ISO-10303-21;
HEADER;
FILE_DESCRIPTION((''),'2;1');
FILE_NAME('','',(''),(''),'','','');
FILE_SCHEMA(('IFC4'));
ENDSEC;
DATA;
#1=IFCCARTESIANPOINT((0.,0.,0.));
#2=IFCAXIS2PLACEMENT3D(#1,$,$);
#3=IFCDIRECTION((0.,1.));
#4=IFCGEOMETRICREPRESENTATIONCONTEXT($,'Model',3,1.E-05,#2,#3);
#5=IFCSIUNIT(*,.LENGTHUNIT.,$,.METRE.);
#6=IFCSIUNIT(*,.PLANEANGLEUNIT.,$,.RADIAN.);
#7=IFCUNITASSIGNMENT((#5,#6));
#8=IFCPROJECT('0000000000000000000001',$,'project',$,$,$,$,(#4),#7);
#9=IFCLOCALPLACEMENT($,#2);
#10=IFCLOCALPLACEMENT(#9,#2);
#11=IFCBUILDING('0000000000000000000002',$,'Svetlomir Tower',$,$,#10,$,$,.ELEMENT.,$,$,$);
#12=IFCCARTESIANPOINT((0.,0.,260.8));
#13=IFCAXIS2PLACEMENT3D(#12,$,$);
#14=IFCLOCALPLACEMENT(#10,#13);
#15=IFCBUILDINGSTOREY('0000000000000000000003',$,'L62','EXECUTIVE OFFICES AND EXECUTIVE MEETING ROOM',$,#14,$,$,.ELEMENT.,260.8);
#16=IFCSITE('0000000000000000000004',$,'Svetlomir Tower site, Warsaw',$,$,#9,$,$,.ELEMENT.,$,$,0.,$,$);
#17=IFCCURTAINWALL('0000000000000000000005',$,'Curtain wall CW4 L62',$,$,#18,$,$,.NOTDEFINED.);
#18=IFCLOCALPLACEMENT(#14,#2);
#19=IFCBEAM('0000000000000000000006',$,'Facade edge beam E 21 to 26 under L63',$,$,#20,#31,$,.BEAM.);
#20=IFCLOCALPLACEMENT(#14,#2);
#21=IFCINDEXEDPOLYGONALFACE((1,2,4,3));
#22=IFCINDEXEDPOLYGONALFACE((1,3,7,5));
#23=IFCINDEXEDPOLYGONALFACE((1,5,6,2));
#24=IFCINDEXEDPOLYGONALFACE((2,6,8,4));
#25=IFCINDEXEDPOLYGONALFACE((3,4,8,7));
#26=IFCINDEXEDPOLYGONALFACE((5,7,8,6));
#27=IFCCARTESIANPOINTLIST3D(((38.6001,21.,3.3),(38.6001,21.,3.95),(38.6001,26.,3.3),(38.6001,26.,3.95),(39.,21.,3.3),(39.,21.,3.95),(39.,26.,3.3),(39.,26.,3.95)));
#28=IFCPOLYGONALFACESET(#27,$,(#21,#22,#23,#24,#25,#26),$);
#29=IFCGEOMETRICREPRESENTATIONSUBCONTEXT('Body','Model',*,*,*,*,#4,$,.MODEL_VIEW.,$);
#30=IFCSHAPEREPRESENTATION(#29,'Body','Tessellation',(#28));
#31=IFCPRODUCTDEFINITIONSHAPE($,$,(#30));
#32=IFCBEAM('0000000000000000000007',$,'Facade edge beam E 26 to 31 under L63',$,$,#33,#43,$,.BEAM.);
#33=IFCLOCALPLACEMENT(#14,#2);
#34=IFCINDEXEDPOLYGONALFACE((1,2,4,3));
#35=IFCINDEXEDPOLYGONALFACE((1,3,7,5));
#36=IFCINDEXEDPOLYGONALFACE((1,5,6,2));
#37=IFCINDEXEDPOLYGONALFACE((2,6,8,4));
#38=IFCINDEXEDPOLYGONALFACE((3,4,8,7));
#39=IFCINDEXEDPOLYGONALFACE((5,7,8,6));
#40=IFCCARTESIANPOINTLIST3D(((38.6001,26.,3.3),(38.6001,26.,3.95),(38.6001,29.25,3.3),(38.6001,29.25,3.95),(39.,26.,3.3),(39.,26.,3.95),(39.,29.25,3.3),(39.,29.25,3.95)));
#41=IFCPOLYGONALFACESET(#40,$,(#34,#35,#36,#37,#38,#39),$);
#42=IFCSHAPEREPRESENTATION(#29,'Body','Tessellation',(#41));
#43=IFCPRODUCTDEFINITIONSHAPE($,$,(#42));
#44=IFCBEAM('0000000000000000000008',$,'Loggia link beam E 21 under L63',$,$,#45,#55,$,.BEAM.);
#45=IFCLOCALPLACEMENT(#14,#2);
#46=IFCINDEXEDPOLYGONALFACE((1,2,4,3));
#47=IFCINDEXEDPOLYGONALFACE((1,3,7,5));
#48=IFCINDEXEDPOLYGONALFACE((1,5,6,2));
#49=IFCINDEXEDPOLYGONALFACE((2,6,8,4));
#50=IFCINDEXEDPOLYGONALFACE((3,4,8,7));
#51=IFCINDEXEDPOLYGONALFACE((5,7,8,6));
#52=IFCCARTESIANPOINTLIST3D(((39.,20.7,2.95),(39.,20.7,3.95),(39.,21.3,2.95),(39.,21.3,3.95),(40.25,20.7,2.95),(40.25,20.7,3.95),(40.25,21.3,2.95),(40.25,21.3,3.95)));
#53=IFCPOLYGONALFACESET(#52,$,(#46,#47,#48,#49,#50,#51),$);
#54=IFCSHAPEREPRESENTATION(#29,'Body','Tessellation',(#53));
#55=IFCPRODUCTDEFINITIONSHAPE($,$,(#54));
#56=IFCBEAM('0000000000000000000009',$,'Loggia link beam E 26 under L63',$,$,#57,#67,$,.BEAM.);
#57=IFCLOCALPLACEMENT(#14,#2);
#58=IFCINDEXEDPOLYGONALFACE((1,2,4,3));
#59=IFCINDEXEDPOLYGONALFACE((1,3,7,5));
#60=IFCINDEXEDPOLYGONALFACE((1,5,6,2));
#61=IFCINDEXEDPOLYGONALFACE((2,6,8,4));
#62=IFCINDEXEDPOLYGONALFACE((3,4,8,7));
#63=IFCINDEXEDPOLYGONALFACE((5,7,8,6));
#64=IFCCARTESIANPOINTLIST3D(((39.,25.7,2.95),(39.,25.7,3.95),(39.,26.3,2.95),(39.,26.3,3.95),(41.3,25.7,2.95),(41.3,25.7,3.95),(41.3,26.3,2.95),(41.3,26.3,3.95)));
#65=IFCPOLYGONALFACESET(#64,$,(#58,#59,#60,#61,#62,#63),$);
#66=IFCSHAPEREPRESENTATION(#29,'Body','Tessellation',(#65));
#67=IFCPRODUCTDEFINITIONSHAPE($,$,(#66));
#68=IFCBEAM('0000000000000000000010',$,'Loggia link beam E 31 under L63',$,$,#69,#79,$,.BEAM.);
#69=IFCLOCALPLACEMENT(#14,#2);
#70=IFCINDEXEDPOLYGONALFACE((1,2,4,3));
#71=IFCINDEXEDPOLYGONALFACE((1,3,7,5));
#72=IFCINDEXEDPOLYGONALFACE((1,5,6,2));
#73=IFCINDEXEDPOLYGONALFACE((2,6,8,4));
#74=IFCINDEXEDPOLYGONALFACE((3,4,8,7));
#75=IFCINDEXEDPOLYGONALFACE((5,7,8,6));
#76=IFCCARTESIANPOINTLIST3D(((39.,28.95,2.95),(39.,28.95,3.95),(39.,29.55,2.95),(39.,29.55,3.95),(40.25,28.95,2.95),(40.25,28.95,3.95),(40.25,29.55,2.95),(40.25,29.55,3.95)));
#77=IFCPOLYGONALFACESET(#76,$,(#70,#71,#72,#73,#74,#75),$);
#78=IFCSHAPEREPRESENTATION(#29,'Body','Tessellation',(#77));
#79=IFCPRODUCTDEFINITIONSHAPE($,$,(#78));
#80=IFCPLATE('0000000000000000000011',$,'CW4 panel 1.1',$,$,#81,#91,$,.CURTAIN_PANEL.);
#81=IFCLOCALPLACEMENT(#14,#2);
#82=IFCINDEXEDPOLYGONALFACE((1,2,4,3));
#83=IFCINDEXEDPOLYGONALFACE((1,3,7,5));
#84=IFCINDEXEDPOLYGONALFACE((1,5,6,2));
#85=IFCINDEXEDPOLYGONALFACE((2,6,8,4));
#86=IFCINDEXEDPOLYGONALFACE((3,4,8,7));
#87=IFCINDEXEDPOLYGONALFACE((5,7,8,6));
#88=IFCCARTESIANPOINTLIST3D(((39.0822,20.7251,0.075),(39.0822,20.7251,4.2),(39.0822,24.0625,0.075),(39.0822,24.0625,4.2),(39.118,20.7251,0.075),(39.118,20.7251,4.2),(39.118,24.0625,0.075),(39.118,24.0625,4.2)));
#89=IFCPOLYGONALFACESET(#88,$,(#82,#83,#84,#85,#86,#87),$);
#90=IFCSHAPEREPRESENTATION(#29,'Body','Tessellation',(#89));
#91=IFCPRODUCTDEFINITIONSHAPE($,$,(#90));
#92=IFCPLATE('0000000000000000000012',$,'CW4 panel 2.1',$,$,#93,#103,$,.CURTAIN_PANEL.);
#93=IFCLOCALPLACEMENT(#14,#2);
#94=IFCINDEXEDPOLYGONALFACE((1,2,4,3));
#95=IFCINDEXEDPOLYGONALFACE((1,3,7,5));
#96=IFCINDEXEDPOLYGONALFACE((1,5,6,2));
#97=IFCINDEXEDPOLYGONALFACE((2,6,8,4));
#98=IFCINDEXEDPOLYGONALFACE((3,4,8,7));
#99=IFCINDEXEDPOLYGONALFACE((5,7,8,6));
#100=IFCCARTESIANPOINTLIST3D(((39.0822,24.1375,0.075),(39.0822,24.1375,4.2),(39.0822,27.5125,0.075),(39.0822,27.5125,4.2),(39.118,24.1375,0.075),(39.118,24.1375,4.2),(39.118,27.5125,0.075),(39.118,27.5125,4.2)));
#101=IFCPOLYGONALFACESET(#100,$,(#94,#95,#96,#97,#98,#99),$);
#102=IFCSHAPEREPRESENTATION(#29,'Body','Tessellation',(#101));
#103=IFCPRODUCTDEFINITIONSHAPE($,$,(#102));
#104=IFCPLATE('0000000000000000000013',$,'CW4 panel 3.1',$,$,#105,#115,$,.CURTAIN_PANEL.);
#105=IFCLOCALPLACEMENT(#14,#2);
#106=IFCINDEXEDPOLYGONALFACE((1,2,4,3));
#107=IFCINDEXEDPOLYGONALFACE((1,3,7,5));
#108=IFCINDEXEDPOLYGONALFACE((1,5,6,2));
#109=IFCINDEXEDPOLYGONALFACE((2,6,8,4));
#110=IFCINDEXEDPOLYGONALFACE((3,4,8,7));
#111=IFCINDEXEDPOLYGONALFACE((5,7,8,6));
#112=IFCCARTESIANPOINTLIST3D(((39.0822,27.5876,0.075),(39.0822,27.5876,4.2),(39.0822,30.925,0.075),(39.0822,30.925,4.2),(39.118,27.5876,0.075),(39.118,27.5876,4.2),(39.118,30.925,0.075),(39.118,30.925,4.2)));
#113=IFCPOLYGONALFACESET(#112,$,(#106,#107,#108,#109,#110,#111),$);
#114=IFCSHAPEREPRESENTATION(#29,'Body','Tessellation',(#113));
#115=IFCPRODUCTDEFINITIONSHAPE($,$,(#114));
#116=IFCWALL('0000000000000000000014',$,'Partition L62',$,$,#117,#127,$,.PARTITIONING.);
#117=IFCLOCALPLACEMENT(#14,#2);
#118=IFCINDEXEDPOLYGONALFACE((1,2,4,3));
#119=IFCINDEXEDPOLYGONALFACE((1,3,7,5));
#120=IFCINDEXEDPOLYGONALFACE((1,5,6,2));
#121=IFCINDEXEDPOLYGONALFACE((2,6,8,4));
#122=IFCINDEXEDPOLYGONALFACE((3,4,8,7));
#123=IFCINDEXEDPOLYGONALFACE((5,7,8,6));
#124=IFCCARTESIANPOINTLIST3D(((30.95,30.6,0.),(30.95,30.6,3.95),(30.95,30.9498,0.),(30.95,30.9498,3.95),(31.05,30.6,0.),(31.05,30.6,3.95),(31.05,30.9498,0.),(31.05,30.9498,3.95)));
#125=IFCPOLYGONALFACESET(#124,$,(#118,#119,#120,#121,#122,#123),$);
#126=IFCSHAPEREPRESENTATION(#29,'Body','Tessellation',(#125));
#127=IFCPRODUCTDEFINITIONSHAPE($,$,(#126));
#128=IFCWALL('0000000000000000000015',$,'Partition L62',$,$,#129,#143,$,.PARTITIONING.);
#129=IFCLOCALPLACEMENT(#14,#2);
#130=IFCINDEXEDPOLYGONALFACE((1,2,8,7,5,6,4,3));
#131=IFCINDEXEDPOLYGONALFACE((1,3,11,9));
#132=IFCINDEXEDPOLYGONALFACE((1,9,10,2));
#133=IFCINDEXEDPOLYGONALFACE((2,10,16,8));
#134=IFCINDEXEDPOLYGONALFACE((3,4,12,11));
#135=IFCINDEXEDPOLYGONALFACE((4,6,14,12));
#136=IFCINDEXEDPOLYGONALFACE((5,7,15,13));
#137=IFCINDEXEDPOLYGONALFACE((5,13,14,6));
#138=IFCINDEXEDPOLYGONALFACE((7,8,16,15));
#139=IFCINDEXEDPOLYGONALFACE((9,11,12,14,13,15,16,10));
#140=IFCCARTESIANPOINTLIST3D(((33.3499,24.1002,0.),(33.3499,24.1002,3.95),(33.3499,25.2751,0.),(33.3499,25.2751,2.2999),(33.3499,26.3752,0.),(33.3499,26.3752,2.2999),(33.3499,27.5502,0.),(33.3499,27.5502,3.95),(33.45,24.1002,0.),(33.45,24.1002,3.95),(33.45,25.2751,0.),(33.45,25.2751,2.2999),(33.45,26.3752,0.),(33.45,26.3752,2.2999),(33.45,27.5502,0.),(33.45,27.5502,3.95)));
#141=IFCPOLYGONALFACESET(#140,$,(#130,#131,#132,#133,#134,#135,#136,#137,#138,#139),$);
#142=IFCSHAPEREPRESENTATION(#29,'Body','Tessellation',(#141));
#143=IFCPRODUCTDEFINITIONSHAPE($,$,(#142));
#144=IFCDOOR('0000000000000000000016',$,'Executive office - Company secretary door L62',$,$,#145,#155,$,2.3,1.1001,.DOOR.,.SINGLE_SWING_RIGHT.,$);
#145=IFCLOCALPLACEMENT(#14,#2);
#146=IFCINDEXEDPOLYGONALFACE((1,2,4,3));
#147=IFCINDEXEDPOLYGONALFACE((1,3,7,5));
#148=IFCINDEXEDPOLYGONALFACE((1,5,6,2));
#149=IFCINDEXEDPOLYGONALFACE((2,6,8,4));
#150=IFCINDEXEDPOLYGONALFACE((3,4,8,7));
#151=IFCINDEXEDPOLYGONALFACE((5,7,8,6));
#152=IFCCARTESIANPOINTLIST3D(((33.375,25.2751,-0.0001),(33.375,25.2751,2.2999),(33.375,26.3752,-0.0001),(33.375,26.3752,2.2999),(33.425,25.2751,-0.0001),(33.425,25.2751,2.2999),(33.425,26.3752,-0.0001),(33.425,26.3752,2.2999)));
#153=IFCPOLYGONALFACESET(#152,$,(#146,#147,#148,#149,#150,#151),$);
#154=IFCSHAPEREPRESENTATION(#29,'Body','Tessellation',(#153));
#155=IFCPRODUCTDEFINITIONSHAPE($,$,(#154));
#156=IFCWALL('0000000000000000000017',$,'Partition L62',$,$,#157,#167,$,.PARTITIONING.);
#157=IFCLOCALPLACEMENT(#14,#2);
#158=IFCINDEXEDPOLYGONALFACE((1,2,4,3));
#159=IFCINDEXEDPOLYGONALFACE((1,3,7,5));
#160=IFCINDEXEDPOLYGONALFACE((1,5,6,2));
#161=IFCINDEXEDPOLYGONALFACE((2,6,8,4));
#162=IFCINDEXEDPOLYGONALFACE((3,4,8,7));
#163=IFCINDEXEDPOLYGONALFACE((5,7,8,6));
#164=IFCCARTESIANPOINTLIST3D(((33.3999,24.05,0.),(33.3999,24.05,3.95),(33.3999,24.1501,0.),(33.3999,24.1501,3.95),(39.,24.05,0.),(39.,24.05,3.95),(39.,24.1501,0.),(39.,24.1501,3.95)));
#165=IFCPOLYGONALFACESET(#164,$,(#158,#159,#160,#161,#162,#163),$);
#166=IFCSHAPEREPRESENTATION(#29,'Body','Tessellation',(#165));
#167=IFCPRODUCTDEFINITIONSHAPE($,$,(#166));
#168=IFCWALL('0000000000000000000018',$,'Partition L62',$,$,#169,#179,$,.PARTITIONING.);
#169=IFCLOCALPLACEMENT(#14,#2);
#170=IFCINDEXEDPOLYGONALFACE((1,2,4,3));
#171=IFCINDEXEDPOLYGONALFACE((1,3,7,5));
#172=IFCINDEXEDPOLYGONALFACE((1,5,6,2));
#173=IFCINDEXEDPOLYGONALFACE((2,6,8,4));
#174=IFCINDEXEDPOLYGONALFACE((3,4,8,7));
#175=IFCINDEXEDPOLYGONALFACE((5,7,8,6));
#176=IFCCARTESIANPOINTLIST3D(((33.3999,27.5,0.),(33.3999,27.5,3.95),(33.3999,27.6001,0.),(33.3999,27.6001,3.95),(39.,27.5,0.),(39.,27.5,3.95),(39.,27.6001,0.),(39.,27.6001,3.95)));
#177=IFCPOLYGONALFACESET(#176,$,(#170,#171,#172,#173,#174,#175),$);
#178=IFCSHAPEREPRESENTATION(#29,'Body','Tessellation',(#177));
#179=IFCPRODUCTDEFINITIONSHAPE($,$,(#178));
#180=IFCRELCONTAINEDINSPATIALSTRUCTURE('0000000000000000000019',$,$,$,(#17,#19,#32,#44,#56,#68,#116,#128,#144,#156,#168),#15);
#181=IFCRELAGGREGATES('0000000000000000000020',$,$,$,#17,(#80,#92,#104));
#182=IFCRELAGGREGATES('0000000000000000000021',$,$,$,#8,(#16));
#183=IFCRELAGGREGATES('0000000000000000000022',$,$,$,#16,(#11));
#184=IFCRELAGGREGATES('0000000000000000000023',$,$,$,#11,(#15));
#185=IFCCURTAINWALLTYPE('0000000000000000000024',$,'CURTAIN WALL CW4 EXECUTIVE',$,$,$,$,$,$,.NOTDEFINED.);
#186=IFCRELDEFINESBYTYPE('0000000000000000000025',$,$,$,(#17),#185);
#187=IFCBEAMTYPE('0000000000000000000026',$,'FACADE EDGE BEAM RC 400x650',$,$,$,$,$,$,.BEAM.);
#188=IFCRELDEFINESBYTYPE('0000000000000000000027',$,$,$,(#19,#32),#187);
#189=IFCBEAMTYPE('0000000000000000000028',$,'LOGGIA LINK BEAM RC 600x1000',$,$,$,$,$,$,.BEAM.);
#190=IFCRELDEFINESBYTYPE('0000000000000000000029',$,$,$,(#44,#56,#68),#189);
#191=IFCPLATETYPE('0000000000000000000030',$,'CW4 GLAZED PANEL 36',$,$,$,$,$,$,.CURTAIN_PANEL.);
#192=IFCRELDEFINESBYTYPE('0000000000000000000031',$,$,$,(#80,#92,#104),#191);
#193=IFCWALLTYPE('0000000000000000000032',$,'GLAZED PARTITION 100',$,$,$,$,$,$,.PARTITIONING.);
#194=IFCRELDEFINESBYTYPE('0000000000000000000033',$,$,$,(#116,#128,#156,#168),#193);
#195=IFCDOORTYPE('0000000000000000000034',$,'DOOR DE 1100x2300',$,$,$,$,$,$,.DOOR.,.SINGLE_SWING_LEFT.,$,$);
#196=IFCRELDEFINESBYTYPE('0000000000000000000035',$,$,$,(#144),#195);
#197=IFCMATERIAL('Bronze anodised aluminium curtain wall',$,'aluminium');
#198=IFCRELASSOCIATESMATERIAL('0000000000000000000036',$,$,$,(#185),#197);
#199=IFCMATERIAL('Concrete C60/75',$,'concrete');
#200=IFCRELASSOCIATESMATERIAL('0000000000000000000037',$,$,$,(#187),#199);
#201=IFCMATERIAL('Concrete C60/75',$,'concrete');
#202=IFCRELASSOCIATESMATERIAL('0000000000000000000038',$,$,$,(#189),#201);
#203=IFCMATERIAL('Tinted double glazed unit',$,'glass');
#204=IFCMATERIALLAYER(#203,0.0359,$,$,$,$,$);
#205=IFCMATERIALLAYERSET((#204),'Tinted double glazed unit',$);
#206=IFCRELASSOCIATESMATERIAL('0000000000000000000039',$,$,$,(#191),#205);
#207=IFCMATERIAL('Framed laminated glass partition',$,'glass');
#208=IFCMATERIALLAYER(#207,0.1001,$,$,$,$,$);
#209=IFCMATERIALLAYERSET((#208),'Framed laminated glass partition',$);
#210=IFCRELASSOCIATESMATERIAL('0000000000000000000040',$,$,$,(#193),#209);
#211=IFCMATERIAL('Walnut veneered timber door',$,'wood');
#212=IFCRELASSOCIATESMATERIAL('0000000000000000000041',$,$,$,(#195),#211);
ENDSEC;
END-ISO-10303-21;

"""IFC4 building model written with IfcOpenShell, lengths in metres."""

from ifc_helpers import new_model, si_unit, direction, frame, frame_2d, origin, origin_2d, place, context, subcontext, project, spatial, rectangle, extrude, material, layer, layer_set, material_profile, profile_set, type_object, element, fill, aggregate, save


model = new_model("IFC4")

# Units and contexts
model_context = context("Model", 3, precision=1e-05, world=origin(), true_north=direction((0.0, 1.0)))
body_context = subcontext(model_context, "Body", "Model", "MODEL_VIEW")
ifc_project = project(units=[si_unit("LENGTHUNIT", "METRE"), si_unit("PLANEANGLEUNIT", "RADIAN")], contexts=[model_context])

# Site, building, storey
site_placement = place(None, origin())
site = spatial("IfcSite", under=ifc_project, at=site_placement, Name="Svetlomir Tower site, Warsaw", CompositionType="ELEMENT", RefElevation=0.0)
building_placement = place(site_placement, origin())
building = spatial("IfcBuilding", under=site, at=building_placement, Name="Svetlomir Tower", CompositionType="ELEMENT")
storey_placement = place(building_placement, frame((0.0, 0.0, 260.8)))
storey = spatial("IfcBuildingStorey", under=building, at=storey_placement, Name="L62", Description="EXECUTIVE OFFICES AND EXECUTIVE MEETING ROOM", CompositionType="ELEMENT", Elevation=260.8)

# Curtain wall
ifc_material_1 = material(Name="Bronze anodised aluminium curtain wall", Category="aluminium")
curtain_wall_type = type_object("IfcCurtainWallType", Name="CURTAIN WALL CW4 EXECUTIVE", PredefinedType="NOTDEFINED", material=ifc_material_1)
curtain_wall_placement = place(storey_placement, origin())
curtain_wall = element("IfcCurtainWall", 1, at=curtain_wall_placement, inside=storey, type_object=curtain_wall_type, Name="Curtain wall CW4 L62", PredefinedType="NOTDEFINED")

# Beams
ifc_material_2 = material(Name="Concrete C60/75", Category="concrete")
ifc_material_profile_1 = material_profile(ifc_material_2, rectangle(XDim=0.3999, YDim=0.6499, at=origin_2d()), Name="RC 400x650")
ifc_profile_set_1 = profile_set([ifc_material_profile_1], Name="Concrete C60/75")
beam_type_1 = type_object("IfcBeamType", Name="FACADE EDGE BEAM RC 400x650", PredefinedType="BEAM", material=ifc_profile_set_1)
beam_1_placement = place(storey_placement, frame((38.8, 21.0, 3.625), z_axis=(0.0, 1.0, 0.0), x_axis=(-1.0, 0.0, 0.0)))
element("IfcBeam", 2, at=beam_1_placement, inside=storey, type_object=beam_type_1, Name="Facade edge beam E 21 to 26 under L63", PredefinedType="BEAM", context=body_context, shape_type="SweptSolid", body=[
    extrude(rectangle(XDim=0.3999, YDim=0.6499, at=origin_2d()), origin(), (0.0, 0.0, 1.0), 5.0),
])
beam_2_placement = place(storey_placement, frame((38.8, 26.0, 3.625), z_axis=(0.0, 1.0, 0.0), x_axis=(-1.0, 0.0, 0.0)))
element("IfcBeam", 3, at=beam_2_placement, inside=storey, type_object=beam_type_1, Name="Facade edge beam E 26 to 31 under L63", PredefinedType="BEAM", context=body_context, shape_type="SweptSolid", body=[
    extrude(rectangle(XDim=0.3999, YDim=0.6499, at=origin_2d()), origin(), (0.0, 0.0, 1.0), 3.25),
])
ifc_material_3 = material(Name="Concrete C60/75", Category="concrete")
ifc_material_profile_2 = material_profile(ifc_material_3, rectangle(XDim=0.6001, YDim=1.0, at=origin_2d()), Name="RC 600x1000")
ifc_profile_set_2 = profile_set([ifc_material_profile_2], Name="Concrete C60/75")
beam_type_2 = type_object("IfcBeamType", Name="LOGGIA LINK BEAM RC 600x1000", PredefinedType="BEAM", material=ifc_profile_set_2)
beam_3_placement = place(storey_placement, frame((40.25, 21.0, 3.45), z_axis=(-1.0, 0.0, 0.0), x_axis=(0.0, -1.0, 0.0)))
element("IfcBeam", 4, at=beam_3_placement, inside=storey, type_object=beam_type_2, Name="Loggia link beam E 21 under L63", PredefinedType="BEAM", context=body_context, shape_type="SweptSolid", body=[
    extrude(rectangle(XDim=0.6001, YDim=1.0, at=origin_2d()), origin(), (0.0, 0.0, 1.0), 1.25),
])
beam_4_placement = place(storey_placement, frame((41.3, 26.0, 3.45), z_axis=(-1.0, 0.0, 0.0), x_axis=(0.0, -1.0, 0.0)))
element("IfcBeam", 5, at=beam_4_placement, inside=storey, type_object=beam_type_2, Name="Loggia link beam E 26 under L63", PredefinedType="BEAM", context=body_context, shape_type="SweptSolid", body=[
    extrude(rectangle(XDim=0.6001, YDim=1.0, at=origin_2d()), origin(), (0.0, 0.0, 1.0), 2.3),
])
beam_5_placement = place(storey_placement, frame((40.25, 29.25, 3.45), z_axis=(-1.0, 0.0, 0.0), x_axis=(0.0, -1.0, 0.0)))
element("IfcBeam", 6, at=beam_5_placement, inside=storey, type_object=beam_type_2, Name="Loggia link beam E 31 under L63", PredefinedType="BEAM", context=body_context, shape_type="SweptSolid", body=[
    extrude(rectangle(XDim=0.6001, YDim=1.0, at=origin_2d()), origin(), (0.0, 0.0, 1.0), 1.25),
])

# Plates
ifc_material_4 = material(Name="Tinted double glazed unit", Category="glass")
ifc_layer_1 = layer(ifc_material_4, 0.0359)
ifc_layer_set_1 = layer_set([ifc_layer_1], Name="Tinted double glazed unit")
plate_type = type_object("IfcPlateType", Name="CW4 GLAZED PANEL 36", PredefinedType="CURTAIN_PANEL", material=ifc_layer_set_1)
plate_1_placement = place(storey_placement, frame((39.1001, 22.3938, 0.075), z_axis=(0.0, 0.0, 1.0), x_axis=(0.0, 1.0, 0.0)))
plate_1 = element("IfcPlate", 7, at=plate_1_placement, type_object=plate_type, Name="CW4 panel 1.1", PredefinedType="CURTAIN_PANEL", context=body_context, shape_type="SweptSolid", body=[
    extrude(rectangle(XDim=3.3374, YDim=0.0359, at=origin_2d()), origin(), (0.0, 0.0, 1.0), 4.125),
])
plate_2_placement = place(storey_placement, frame((39.1001, 25.825, 0.075), z_axis=(0.0, 0.0, 1.0), x_axis=(0.0, 1.0, 0.0)))
plate_2 = element("IfcPlate", 8, at=plate_2_placement, type_object=plate_type, Name="CW4 panel 2.1", PredefinedType="CURTAIN_PANEL", context=body_context, shape_type="SweptSolid", body=[
    extrude(rectangle(XDim=3.375, YDim=0.0359, at=origin_2d()), origin(), (0.0, 0.0, 1.0), 4.125),
])
plate_3_placement = place(storey_placement, frame((39.1001, 29.2563, 0.075), z_axis=(0.0, 0.0, 1.0), x_axis=(0.0, 1.0, 0.0)))
plate_3 = element("IfcPlate", 9, at=plate_3_placement, type_object=plate_type, Name="CW4 panel 3.1", PredefinedType="CURTAIN_PANEL", context=body_context, shape_type="SweptSolid", body=[
    extrude(rectangle(XDim=3.3374, YDim=0.0359, at=origin_2d()), origin(), (0.0, 0.0, 1.0), 4.125),
])
aggregate(curtain_wall, [plate_1, plate_2, plate_3])

# Wall
ifc_material_5 = material(Name="Framed laminated glass partition", Category="glass")
ifc_layer_2 = layer(ifc_material_5, 0.1001)
ifc_layer_set_2 = layer_set([ifc_layer_2], Name="Framed laminated glass partition")
wall_type = type_object("IfcWallType", Name="GLAZED PARTITION 100", PredefinedType="PARTITIONING", material=ifc_layer_set_2)
wall_1_placement = place(storey_placement, frame((31.0, 30.6001, 0.0), z_axis=(0.0, 0.0, 1.0), x_axis=(0.0, 1.0, 0.0)))
element("IfcWall", 10, at=wall_1_placement, inside=storey, type_object=wall_type, Name="Partition L62", PredefinedType="PARTITIONING", context=body_context, shape_type="SweptSolid", body=[
    extrude(rectangle(XDim=0.3499, YDim=0.1001, at=frame_2d((0.1748, 0.0))), origin(), (0.0, 0.0, 1.0), 3.95),
])

# Wall, opening, door
wall_2_placement = place(storey_placement, frame((33.3999, 24.1001, 0.0), z_axis=(0.0, 0.0, 1.0), x_axis=(0.0, 1.0, 0.0)))
wall_2 = element("IfcWall", 11, at=wall_2_placement, inside=storey, type_object=wall_type, Name="Partition L62", PredefinedType="PARTITIONING", context=body_context, shape_type="SweptSolid", body=[
    extrude(rectangle(XDim=3.45, YDim=0.1001, at=frame_2d((1.7251, 0.0))), origin(), (0.0, 0.0, 1.0), 3.95),
])
opening_placement = place(wall_2_placement, frame((1.175, 0.0, 0.0)))
opening = element("IfcOpeningElement", 12, at=opening_placement, cuts=wall_2, PredefinedType="OPENING", context=body_context, shape_type="SweptSolid", body=[
    extrude(rectangle(XDim=1.1001, YDim=2.3, at=frame_2d((0.55, 1.1499))), frame((0.0, 0.0601, 0.0), z_axis=(0.0, -1.0, 0.0), x_axis=(1.0, 0.0, 0.0)), (0.0, 0.0, 1.0), 0.1201),
])
ifc_material_6 = material(Name="Walnut veneered timber door", Category="wood")
door_type = type_object("IfcDoorType", Name="DOOR DE 1100x2300", OperationType="SINGLE_SWING_LEFT", PredefinedType="DOOR", material=ifc_material_6)
door_placement = place(opening_placement, origin())
door = element("IfcDoor", 13, at=door_placement, inside=storey, type_object=door_type, Name="Executive office - Company secretary door L62", OperationType="SINGLE_SWING_RIGHT", OverallHeight=2.3, OverallWidth=1.1001, PredefinedType="DOOR", context=body_context, shape_type="SweptSolid", body=[
    extrude(rectangle(XDim=1.1001, YDim=2.3, at=frame_2d((0.55, 1.1499))), frame((0.0, 0.0249, 0.0), z_axis=(0.0, -1.0, 0.0), x_axis=(1.0, 0.0, 0.0)), (0.0, 0.0, 1.0), 0.05),
])
fill(opening, door)

# Walls
for number, where, z_axis, x_axis, name in (
    (14, (33.3999, 24.1001, 0.0), (0.0, 0.0, 1.0), (1.0, 0.0, 0.0), "Partition L62"),
    (15, (33.3999, 27.55, 0.0), (0.0, 0.0, 1.0), (1.0, 0.0, 0.0), "Partition L62"),
):
    element("IfcWall", number, at=place(storey_placement, frame(where, z_axis=z_axis, x_axis=x_axis)), inside=storey, type_object=wall_type, Name=name, PredefinedType="PARTITIONING", context=body_context, shape_type="SweptSolid", body=[
        extrude(rectangle(XDim=5.6001, YDim=0.1001, at=frame_2d((2.8, 0.0))), origin(), (0.0, 0.0, 1.0), 3.95),
    ])

save(model, "model.ifc")
